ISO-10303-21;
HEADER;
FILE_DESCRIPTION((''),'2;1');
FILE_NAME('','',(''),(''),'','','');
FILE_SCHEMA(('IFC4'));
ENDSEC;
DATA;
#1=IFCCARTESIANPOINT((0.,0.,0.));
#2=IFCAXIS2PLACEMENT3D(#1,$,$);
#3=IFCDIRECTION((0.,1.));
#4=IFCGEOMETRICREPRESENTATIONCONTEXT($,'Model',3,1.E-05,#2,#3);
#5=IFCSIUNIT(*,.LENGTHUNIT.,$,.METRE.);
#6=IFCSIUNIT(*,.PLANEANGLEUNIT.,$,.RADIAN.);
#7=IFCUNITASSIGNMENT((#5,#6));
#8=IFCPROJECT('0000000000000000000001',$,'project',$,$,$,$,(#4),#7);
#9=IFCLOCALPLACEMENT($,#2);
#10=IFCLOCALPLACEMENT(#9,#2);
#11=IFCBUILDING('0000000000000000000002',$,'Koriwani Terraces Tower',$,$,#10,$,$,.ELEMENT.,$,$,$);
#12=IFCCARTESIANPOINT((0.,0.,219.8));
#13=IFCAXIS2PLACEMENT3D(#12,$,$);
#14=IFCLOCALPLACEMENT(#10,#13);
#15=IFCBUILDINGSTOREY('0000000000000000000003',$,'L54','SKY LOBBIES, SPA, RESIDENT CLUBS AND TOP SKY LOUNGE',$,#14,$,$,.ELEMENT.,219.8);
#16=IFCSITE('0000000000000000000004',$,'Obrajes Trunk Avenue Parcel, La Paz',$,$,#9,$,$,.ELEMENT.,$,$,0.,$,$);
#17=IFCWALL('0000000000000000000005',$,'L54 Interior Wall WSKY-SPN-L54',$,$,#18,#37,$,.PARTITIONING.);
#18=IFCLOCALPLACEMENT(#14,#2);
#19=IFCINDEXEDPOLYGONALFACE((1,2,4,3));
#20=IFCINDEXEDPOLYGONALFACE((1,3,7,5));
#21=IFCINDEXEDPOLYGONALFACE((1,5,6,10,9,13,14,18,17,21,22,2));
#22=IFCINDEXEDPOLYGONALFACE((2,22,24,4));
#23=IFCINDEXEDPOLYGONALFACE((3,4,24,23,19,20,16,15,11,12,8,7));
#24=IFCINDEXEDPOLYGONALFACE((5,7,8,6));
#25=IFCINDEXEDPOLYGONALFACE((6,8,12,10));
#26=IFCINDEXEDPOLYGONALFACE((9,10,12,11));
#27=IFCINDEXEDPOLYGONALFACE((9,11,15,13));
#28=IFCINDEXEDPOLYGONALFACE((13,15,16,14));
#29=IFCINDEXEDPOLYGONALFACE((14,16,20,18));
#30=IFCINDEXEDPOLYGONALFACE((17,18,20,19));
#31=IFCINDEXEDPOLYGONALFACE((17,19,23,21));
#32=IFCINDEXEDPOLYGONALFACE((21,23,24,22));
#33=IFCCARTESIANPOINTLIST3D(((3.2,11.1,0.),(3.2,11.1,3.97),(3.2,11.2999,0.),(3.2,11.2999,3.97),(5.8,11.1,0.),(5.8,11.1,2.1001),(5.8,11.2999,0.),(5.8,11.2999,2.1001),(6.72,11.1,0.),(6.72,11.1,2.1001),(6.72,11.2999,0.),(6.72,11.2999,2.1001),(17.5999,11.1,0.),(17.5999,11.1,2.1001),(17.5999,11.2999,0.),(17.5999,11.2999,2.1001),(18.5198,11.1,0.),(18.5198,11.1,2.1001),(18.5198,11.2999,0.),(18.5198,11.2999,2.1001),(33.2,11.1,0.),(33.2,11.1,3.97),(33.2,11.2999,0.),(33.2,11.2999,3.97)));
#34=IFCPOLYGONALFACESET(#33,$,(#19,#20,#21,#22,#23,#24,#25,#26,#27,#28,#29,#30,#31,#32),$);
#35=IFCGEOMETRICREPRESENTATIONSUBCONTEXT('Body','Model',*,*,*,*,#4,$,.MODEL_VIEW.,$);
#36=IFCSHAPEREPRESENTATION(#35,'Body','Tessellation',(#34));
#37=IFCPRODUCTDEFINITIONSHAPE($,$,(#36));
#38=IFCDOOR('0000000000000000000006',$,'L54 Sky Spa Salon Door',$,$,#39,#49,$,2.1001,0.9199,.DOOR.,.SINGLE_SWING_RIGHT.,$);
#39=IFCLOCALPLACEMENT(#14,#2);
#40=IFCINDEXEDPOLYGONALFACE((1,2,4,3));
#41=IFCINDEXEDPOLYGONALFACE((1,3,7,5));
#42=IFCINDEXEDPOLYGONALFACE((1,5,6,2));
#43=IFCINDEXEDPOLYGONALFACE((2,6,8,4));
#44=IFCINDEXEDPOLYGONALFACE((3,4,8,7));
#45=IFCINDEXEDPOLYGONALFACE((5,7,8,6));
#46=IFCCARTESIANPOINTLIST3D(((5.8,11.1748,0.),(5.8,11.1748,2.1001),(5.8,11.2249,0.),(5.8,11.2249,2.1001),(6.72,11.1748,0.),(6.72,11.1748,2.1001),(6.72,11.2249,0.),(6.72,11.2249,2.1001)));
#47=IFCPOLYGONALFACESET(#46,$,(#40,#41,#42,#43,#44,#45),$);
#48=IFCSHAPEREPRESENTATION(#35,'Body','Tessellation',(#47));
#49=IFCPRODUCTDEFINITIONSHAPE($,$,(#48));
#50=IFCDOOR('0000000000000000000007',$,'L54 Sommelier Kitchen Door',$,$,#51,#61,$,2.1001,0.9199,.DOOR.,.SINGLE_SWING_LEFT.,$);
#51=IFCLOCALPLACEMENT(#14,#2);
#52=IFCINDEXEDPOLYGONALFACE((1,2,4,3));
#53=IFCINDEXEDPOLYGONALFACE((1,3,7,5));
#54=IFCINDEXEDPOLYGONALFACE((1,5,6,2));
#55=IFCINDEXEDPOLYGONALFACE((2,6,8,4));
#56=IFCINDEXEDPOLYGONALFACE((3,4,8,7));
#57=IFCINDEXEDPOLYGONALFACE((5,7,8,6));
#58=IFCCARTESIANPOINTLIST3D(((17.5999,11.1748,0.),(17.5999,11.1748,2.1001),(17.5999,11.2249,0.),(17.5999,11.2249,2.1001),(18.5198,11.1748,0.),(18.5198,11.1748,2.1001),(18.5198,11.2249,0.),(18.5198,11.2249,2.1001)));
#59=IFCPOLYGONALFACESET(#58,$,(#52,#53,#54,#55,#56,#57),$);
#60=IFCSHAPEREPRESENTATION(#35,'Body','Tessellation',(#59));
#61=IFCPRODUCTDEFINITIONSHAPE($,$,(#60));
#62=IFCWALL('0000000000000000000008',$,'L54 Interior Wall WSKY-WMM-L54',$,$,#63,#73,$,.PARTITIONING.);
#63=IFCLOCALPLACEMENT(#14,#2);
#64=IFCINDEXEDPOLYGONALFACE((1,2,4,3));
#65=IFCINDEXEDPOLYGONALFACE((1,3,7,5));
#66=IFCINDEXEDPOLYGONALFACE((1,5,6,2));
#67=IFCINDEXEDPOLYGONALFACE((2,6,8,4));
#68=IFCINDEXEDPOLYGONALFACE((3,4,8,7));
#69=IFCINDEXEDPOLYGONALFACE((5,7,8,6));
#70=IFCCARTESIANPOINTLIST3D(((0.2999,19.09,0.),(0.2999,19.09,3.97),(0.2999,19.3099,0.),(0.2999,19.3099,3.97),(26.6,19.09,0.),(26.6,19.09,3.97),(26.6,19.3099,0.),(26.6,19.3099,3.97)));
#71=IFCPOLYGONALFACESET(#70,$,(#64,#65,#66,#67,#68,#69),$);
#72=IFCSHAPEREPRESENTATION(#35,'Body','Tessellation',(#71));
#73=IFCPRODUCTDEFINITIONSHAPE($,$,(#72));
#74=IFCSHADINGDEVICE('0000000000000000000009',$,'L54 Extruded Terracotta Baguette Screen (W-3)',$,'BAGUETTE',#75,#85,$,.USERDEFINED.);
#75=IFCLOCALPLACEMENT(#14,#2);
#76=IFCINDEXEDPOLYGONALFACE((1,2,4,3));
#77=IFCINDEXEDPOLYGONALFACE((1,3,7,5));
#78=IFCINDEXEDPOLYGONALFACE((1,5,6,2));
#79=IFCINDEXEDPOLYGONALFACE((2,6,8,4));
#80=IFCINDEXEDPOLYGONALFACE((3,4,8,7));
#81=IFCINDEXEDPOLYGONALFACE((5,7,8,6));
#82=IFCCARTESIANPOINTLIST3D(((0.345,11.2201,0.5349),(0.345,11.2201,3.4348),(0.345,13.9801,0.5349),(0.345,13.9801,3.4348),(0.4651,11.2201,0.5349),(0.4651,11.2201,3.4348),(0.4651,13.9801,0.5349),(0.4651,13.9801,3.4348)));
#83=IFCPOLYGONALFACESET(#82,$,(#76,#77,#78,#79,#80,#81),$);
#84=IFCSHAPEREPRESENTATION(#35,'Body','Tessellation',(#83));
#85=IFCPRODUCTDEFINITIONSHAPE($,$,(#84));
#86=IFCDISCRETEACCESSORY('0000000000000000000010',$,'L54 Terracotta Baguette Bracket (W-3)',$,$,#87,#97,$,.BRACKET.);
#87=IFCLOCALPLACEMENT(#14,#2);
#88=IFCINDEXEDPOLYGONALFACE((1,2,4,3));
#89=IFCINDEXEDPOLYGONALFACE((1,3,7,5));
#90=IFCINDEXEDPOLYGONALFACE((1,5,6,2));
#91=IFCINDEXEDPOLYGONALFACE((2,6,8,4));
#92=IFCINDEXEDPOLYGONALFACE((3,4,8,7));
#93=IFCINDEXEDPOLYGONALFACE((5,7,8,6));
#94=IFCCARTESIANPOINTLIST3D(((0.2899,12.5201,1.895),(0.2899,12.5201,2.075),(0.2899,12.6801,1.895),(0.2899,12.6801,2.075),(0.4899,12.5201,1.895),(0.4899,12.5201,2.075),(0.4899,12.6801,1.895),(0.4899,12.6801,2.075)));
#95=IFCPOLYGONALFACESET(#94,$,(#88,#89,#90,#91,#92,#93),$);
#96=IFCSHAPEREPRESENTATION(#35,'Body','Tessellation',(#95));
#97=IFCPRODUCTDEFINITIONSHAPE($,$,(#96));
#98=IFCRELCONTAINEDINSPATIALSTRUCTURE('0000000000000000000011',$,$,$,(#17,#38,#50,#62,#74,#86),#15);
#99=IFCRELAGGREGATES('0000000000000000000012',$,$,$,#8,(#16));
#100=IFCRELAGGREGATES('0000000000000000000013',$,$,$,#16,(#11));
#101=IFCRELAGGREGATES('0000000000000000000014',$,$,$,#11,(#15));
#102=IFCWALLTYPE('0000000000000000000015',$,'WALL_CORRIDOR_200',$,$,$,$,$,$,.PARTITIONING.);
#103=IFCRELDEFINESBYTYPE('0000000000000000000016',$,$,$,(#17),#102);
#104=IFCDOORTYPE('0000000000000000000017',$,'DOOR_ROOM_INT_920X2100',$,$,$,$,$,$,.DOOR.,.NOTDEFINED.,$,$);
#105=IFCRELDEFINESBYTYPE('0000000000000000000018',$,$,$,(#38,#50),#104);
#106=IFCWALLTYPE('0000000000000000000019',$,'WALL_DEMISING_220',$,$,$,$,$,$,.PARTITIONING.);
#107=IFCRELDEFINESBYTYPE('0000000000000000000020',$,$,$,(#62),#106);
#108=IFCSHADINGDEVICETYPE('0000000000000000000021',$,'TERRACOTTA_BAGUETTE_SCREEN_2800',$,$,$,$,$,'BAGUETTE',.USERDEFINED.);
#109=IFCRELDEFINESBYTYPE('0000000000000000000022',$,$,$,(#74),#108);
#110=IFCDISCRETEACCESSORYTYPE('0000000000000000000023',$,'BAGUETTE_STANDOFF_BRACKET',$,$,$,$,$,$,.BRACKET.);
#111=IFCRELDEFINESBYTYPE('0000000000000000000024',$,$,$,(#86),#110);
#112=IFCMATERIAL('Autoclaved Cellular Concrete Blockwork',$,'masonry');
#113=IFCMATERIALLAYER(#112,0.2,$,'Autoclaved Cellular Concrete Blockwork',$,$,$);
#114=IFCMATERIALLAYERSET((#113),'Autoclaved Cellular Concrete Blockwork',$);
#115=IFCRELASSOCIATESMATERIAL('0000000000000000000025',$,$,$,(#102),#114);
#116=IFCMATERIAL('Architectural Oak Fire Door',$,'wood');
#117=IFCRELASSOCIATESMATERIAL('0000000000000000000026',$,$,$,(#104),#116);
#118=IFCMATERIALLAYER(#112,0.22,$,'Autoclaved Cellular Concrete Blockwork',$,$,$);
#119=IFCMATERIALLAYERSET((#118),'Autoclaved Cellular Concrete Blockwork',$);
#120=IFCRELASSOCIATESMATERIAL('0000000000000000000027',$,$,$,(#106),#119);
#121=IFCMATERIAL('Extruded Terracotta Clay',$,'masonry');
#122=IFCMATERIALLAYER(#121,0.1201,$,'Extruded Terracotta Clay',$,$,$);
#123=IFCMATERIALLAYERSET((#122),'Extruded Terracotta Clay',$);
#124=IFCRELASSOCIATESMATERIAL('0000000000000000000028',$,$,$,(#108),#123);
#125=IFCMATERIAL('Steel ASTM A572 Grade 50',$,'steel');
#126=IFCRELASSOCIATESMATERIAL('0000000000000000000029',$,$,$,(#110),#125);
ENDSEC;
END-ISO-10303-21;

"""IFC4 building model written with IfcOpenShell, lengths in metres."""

from ifc_helpers import new_model, si_unit, direction, frame, frame_2d, origin, origin_2d, place, context, subcontext, project, spatial, rectangle, extrude, material, layer, layer_set, type_object, element, fill, save


model = new_model("IFC4")

# Units and contexts
model_context = context("Model", 3, precision=1e-05, world=origin(), true_north=direction((0.0, 1.0)))
body_context = subcontext(model_context, "Body", "Model", "MODEL_VIEW")
ifc_project = project(units=[si_unit("LENGTHUNIT", "METRE"), si_unit("PLANEANGLEUNIT", "RADIAN")], contexts=[model_context])

# Site, building, storey
site_placement = place(None, origin())
site = spatial("IfcSite", under=ifc_project, at=site_placement, Name="Obrajes Trunk Avenue Parcel, La Paz", CompositionType="ELEMENT", RefElevation=0.0)
building_placement = place(site_placement, origin())
building = spatial("IfcBuilding", under=site, at=building_placement, Name="Koriwani Terraces Tower", CompositionType="ELEMENT")
storey_placement = place(building_placement, frame((0.0, 0.0, 219.8)))
storey = spatial("IfcBuildingStorey", under=building, at=storey_placement, Name="L54", Description="SKY LOBBIES, SPA, RESIDENT CLUBS AND TOP SKY LOUNGE", CompositionType="ELEMENT", Elevation=219.8)

# Shared definitions
ifc_material_1 = material(Name="Steel ASTM A572 Grade 50", Category="steel")

# Wall, openings, doors
ifc_material_2 = material(Name="Autoclaved Cellular Concrete Blockwork", Category="masonry")
ifc_layer_1 = layer(ifc_material_2, 0.2, Name="Autoclaved Cellular Concrete Blockwork")
ifc_layer_set_1 = layer_set([ifc_layer_1], Name="Autoclaved Cellular Concrete Blockwork")
wall_type_1 = type_object("IfcWallType", Name="WALL_CORRIDOR_200", PredefinedType="PARTITIONING", material=ifc_layer_set_1)
wall_1_placement = place(storey_placement, frame((3.2, 11.2, 0.0), z_axis=(0.0, 0.0, 1.0), x_axis=(1.0, 0.0, 0.0)))
wall_1 = element("IfcWall", 1, at=wall_1_placement, inside=storey, type_object=wall_type_1, Name="L54 Interior Wall WSKY-SPN-L54", PredefinedType="PARTITIONING", context=body_context, shape_type="SweptSolid", body=[
    extrude(rectangle(XDim=30.0, YDim=0.2, at=frame_2d((15.0, 0.0))), origin(), (0.0, 0.0, 1.0), 3.97),
])
opening_1_placement = place(wall_1_placement, frame((2.6001, 0.0, 0.0)))
opening_1 = element("IfcOpeningElement", 2, at=opening_1_placement, cuts=wall_1, PredefinedType="OPENING", context=body_context, shape_type="SweptSolid", body=[
    extrude(rectangle(XDim=0.9199, YDim=2.1001, at=frame_2d((0.46, 1.05))), frame((0.0, 0.1099, 0.0), z_axis=(0.0, -1.0, 0.0), x_axis=(1.0, 0.0, 0.0)), (0.0, 0.0, 1.0), 0.22),
])
opening_2_placement = place(wall_1_placement, frame((14.3999, 0.0, 0.0)))
opening_2 = element("IfcOpeningElement", 3, at=opening_2_placement, cuts=wall_1, PredefinedType="OPENING", context=body_context, shape_type="SweptSolid", body=[
    extrude(rectangle(XDim=0.9199, YDim=2.1001, at=frame_2d((0.46, 1.05))), frame((0.0, 0.1099, 0.0), z_axis=(0.0, -1.0, 0.0), x_axis=(1.0, 0.0, 0.0)), (0.0, 0.0, 1.0), 0.22),
])
ifc_material_3 = material(Name="Architectural Oak Fire Door", Category="wood")
door_type = type_object("IfcDoorType", Name="DOOR_ROOM_INT_920X2100", OperationType="NOTDEFINED", PredefinedType="DOOR", material=ifc_material_3)
door_1_placement = place(opening_1_placement, origin())
door_1 = element("IfcDoor", 4, at=door_1_placement, inside=storey, type_object=door_type, Name="L54 Sky Spa Salon Door", OperationType="SINGLE_SWING_RIGHT", OverallHeight=2.1001, OverallWidth=0.9199, PredefinedType="DOOR", context=body_context, shape_type="SweptSolid", body=[
    extrude(rectangle(XDim=0.9199, YDim=2.1001, at=frame_2d((0.46, 1.05))), frame((0.0, 0.0249, 0.0), z_axis=(0.0, -1.0, 0.0), x_axis=(1.0, 0.0, 0.0)), (0.0, 0.0, 1.0), 0.05),
])
fill(opening_1, door_1)
door_2_placement = place(opening_2_placement, origin())
door_2 = element("IfcDoor", 5, at=door_2_placement, inside=storey, type_object=door_type, Name="L54 Sommelier Kitchen Door", OperationType="SINGLE_SWING_LEFT", OverallHeight=2.1001, OverallWidth=0.9199, PredefinedType="DOOR", context=body_context, shape_type="SweptSolid", body=[
    extrude(rectangle(XDim=0.9199, YDim=2.1001, at=frame_2d((0.46, 1.05))), frame((0.0, 0.0249, 0.0), z_axis=(0.0, -1.0, 0.0), x_axis=(1.0, 0.0, 0.0)), (0.0, 0.0, 1.0), 0.05),
])
fill(opening_2, door_2)

# Wall
ifc_layer_2 = layer(ifc_material_2, 0.22, Name="Autoclaved Cellular Concrete Blockwork")
ifc_layer_set_2 = layer_set([ifc_layer_2], Name="Autoclaved Cellular Concrete Blockwork")
wall_type_2 = type_object("IfcWallType", Name="WALL_DEMISING_220", PredefinedType="PARTITIONING", material=ifc_layer_set_2)
wall_2_placement = place(storey_placement, frame((0.3, 19.2, 0.0), z_axis=(0.0, 0.0, 1.0), x_axis=(1.0, 0.0, 0.0)))
element("IfcWall", 6, at=wall_2_placement, inside=storey, type_object=wall_type_2, Name="L54 Interior Wall WSKY-WMM-L54", PredefinedType="PARTITIONING", context=body_context, shape_type="SweptSolid", body=[
    extrude(rectangle(XDim=26.3, YDim=0.22, at=frame_2d((13.1499, 0.0))), origin(), (0.0, 0.0, 1.0), 3.97),
])

# Shading device
ifc_material_4 = material(Name="Extruded Terracotta Clay", Category="masonry")
ifc_layer_3 = layer(ifc_material_4, 0.1201, Name="Extruded Terracotta Clay")
ifc_layer_set_3 = layer_set([ifc_layer_3], Name="Extruded Terracotta Clay")
shading_device_type = type_object("IfcShadingDeviceType", Name="TERRACOTTA_BAGUETTE_SCREEN_2800", ElementType="BAGUETTE", PredefinedType="USERDEFINED", material=ifc_layer_set_3)
shading_device_placement = place(storey_placement, frame((0.405, 12.6001, 0.5349), z_axis=(0.0, 0.0, 1.0), x_axis=(0.0, 1.0, 0.0)))
element("IfcShadingDevice", 7, at=shading_device_placement, inside=storey, type_object=shading_device_type, Name="L54 Extruded Terracotta Baguette Screen (W-3)", ObjectType="BAGUETTE", PredefinedType="USERDEFINED", context=body_context, shape_type="SweptSolid", body=[
    extrude(rectangle(XDim=2.76, YDim=0.1201, at=origin_2d()), origin(), (0.0, 0.0, 1.0), 2.8999),
])

# Discrete accessory
discrete_accessory_type = type_object("IfcDiscreteAccessoryType", Name="BAGUETTE_STANDOFF_BRACKET", PredefinedType="BRACKET", material=ifc_material_1)
discrete_accessory_placement = place(storey_placement, frame((0.3899, 12.6001, 1.895), z_axis=(0.0, 0.0, 1.0), x_axis=(0.0, 1.0, 0.0)))
element("IfcDiscreteAccessory", 8, at=discrete_accessory_placement, inside=storey, type_object=discrete_accessory_type, Name="L54 Terracotta Baguette Bracket (W-3)", PredefinedType="BRACKET", context=body_context, shape_type="SweptSolid", body=[
    extrude(rectangle(XDim=0.1599, YDim=0.2, at=origin_2d()), origin(), (0.0, 0.0, 1.0), 0.1799),
])

save(model, "model.ifc")
